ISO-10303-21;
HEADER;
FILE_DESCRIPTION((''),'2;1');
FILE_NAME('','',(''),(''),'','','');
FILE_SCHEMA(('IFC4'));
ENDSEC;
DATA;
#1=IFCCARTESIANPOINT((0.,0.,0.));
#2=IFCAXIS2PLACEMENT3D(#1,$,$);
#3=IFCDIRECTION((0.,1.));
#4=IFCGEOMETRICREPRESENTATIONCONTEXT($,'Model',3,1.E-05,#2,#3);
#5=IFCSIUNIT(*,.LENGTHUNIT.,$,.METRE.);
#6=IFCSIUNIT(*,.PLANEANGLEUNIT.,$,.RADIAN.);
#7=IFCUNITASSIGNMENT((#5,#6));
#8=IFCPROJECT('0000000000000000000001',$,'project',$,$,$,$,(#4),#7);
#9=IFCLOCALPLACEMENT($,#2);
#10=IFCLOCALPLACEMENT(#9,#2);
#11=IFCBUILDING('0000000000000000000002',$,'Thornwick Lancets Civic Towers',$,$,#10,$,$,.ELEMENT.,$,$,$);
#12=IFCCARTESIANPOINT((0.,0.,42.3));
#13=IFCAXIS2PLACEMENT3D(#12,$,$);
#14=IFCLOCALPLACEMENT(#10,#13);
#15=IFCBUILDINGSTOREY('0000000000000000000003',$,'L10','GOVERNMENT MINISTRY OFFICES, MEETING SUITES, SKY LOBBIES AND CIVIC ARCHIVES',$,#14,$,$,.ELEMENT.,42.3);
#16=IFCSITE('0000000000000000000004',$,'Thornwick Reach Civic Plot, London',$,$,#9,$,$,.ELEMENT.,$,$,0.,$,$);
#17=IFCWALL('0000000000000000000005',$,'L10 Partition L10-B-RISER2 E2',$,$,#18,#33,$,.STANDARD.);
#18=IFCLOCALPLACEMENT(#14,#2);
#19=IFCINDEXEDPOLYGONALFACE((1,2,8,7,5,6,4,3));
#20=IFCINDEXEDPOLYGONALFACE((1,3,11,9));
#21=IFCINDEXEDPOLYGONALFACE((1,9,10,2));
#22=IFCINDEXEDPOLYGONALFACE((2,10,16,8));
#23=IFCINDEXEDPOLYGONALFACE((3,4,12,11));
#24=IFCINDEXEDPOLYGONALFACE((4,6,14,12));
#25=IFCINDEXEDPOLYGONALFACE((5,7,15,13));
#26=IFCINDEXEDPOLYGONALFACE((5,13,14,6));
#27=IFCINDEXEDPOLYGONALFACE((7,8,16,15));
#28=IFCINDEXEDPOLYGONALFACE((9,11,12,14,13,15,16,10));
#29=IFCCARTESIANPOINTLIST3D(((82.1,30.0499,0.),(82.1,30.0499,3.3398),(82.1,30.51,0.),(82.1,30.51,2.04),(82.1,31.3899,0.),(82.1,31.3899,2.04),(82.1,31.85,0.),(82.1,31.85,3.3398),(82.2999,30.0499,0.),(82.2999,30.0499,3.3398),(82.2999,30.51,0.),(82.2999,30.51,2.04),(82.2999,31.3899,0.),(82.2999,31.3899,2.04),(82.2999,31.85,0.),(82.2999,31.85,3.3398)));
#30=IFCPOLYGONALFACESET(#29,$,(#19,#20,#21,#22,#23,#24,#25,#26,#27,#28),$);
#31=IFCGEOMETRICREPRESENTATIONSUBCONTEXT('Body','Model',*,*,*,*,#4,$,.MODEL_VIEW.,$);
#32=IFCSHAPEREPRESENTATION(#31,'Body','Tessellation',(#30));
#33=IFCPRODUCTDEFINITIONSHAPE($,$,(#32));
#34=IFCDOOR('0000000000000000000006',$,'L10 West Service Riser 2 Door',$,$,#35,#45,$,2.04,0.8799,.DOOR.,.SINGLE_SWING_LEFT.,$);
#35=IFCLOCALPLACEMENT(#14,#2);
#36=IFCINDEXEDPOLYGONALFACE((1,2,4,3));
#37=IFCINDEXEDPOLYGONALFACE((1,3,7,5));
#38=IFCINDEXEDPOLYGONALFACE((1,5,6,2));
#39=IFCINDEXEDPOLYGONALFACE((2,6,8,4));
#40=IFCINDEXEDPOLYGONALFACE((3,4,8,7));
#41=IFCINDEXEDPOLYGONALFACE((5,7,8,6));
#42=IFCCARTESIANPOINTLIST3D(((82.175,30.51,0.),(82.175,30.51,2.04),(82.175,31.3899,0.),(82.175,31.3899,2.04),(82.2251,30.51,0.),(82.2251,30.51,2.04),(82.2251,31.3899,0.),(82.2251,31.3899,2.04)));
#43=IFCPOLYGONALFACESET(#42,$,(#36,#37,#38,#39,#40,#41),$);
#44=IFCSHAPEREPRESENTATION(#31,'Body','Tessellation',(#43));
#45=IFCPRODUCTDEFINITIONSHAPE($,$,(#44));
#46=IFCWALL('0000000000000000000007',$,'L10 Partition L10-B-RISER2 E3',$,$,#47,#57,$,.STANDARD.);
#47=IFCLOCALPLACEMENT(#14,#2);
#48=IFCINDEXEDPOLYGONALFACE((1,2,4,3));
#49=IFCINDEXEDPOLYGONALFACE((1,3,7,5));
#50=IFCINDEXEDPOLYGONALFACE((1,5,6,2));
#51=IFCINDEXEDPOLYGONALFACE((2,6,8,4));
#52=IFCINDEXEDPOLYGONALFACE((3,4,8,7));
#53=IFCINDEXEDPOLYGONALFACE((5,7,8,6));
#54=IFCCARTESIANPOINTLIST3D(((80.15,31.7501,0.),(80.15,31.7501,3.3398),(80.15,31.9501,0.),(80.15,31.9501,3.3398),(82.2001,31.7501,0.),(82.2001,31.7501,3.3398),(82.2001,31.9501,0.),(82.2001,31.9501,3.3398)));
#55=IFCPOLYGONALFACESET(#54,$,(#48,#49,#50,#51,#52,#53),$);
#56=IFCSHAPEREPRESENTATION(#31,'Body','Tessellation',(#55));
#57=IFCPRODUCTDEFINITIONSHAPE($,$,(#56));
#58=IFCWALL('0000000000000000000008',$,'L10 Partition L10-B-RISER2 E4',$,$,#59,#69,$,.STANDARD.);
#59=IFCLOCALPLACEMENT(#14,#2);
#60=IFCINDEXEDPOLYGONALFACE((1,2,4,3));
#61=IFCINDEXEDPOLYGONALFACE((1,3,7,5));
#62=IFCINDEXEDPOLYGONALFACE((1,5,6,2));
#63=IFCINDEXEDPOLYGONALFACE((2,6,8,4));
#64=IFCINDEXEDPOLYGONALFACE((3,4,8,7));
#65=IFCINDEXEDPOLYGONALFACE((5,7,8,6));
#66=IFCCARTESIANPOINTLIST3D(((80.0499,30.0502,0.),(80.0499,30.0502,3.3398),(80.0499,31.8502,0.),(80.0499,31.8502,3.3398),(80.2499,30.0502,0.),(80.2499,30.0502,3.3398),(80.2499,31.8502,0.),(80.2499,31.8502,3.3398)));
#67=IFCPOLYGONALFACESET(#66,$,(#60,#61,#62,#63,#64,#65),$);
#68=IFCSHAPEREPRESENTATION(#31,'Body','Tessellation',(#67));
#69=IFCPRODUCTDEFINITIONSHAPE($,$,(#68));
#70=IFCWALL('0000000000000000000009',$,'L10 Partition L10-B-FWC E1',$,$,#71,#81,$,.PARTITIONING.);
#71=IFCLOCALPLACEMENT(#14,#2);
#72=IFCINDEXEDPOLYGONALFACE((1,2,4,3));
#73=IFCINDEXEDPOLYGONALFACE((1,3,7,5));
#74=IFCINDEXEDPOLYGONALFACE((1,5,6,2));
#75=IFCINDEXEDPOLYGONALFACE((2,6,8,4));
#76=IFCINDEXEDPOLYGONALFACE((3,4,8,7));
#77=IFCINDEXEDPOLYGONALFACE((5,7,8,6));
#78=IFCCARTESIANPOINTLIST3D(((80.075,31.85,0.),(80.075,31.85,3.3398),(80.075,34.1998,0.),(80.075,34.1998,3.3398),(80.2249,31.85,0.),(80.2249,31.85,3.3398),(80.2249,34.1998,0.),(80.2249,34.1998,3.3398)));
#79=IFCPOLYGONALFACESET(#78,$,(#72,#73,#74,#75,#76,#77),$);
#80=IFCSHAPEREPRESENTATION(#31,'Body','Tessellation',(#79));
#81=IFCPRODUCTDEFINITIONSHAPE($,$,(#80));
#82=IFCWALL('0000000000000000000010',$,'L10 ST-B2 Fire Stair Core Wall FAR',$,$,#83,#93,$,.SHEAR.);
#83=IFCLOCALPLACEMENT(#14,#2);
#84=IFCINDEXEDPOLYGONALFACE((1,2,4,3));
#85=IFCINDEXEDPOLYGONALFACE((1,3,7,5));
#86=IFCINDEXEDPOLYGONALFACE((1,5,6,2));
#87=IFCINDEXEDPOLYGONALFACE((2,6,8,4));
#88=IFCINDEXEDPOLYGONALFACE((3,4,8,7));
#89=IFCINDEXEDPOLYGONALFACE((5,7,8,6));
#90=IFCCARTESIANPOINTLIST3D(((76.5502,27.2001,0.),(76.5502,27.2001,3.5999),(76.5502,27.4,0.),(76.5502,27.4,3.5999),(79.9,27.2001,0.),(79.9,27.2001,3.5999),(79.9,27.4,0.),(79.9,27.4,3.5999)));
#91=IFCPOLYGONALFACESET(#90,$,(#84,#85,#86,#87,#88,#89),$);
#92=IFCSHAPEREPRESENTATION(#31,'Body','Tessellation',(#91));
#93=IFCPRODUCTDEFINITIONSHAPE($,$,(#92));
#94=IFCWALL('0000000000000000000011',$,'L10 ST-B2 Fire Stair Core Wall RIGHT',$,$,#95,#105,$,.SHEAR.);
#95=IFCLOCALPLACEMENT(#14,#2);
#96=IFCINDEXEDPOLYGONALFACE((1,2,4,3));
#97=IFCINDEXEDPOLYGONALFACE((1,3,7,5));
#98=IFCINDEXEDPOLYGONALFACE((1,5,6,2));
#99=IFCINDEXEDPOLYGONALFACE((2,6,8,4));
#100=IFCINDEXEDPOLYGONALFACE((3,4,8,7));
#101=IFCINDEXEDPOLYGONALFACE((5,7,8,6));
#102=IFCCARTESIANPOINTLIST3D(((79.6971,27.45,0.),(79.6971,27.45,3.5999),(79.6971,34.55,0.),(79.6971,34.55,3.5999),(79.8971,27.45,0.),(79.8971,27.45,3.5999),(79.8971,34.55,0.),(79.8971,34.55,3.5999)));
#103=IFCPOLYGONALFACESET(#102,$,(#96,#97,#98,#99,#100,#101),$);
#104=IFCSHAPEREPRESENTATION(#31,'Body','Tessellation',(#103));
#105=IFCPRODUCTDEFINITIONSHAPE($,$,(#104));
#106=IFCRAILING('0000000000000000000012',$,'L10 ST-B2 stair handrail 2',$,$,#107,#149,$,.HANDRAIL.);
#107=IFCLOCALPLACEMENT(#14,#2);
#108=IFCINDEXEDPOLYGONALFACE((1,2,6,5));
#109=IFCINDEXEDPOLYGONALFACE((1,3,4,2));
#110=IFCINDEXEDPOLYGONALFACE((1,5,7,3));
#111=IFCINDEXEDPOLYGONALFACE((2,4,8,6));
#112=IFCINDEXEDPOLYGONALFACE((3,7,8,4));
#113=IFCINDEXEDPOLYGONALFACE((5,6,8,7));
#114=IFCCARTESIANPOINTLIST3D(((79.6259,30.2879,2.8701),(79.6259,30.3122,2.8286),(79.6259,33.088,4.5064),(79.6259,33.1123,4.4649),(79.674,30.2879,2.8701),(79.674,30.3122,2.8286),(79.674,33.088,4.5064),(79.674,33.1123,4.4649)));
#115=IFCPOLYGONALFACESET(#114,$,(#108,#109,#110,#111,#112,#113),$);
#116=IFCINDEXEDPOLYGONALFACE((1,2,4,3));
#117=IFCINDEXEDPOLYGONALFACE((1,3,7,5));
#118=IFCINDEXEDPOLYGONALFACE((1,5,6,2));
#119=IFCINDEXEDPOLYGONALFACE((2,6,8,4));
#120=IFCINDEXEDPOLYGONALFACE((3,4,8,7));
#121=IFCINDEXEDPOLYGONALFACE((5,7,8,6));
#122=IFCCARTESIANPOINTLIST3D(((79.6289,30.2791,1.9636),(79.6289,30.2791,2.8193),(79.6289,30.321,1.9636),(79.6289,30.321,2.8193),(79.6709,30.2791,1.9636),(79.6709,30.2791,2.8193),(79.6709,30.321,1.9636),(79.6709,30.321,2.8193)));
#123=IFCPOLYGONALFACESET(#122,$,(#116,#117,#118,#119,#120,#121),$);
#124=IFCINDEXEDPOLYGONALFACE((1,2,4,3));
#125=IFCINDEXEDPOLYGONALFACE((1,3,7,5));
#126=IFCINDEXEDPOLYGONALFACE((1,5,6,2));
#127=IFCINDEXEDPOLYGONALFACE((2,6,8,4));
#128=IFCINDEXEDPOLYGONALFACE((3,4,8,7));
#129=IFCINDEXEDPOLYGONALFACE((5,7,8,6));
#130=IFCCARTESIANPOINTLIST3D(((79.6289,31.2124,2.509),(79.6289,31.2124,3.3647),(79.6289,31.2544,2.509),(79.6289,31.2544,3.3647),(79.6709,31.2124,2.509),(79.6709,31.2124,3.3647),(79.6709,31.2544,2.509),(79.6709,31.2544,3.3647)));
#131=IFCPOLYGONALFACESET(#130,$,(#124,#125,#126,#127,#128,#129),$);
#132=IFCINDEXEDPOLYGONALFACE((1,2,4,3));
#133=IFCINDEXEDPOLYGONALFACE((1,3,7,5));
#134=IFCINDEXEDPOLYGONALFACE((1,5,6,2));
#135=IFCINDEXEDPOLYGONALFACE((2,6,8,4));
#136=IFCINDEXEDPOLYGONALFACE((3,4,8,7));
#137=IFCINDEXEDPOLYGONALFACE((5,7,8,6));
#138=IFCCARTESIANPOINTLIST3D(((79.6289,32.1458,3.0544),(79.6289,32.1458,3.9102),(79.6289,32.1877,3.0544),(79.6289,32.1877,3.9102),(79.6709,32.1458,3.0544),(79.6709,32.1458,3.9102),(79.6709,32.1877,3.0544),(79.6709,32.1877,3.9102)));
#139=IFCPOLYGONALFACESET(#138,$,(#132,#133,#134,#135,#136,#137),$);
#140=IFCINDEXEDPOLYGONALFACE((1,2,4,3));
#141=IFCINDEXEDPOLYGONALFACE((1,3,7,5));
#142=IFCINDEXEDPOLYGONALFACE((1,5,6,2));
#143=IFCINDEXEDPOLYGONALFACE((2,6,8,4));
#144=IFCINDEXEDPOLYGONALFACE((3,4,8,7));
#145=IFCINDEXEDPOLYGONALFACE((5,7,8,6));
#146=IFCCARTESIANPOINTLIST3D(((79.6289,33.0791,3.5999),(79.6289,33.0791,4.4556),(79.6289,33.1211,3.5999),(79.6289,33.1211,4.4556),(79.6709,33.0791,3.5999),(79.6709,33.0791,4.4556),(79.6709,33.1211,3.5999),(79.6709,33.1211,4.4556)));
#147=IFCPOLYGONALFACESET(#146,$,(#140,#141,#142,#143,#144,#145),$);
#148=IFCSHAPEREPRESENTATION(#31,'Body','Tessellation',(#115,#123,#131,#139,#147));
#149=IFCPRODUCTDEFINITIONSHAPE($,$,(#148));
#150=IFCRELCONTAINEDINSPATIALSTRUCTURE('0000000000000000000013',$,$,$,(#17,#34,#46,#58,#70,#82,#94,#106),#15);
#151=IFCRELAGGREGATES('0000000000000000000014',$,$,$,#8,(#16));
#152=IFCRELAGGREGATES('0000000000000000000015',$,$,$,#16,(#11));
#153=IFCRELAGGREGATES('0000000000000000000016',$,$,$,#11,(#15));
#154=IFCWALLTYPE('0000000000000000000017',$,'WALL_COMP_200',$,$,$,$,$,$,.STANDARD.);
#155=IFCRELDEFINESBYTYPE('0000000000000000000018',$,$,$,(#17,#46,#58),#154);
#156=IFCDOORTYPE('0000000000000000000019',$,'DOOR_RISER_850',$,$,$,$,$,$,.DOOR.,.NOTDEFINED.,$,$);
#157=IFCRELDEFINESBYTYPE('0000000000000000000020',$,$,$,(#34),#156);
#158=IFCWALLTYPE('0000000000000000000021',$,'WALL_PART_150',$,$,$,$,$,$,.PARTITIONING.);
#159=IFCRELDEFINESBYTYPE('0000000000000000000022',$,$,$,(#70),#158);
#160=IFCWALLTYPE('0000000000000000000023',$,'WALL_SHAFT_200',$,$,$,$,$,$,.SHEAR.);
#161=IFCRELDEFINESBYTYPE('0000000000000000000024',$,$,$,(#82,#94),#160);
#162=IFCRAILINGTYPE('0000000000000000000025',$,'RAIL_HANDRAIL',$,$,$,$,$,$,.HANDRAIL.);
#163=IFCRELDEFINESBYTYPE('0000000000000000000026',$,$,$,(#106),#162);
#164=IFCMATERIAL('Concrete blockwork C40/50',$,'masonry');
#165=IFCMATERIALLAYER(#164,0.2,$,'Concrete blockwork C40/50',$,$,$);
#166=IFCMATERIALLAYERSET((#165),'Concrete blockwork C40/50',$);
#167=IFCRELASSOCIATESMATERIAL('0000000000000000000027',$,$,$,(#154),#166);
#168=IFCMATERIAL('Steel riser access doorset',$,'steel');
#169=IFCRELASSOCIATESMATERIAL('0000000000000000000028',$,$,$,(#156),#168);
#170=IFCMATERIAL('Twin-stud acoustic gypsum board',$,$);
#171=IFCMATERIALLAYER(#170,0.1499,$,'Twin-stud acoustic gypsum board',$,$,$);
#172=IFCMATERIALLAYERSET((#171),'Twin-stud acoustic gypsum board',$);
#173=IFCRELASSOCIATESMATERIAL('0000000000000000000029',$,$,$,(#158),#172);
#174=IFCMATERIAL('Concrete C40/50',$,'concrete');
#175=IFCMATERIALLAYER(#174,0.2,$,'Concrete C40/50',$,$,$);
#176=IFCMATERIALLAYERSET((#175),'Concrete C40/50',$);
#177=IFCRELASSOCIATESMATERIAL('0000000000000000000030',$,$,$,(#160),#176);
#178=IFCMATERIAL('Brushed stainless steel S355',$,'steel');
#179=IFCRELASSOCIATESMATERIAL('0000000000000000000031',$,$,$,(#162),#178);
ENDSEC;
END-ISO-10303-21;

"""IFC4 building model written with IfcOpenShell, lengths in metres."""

from ifc_helpers import new_model, si_unit, direction, frame, frame_2d, origin, origin_2d, place, context, subcontext, project, spatial, rectangle, extrude, material, layer, layer_set, type_object, element, fill, save


model = new_model("IFC4")

# Units and contexts
model_context = context("Model", 3, precision=1e-05, world=origin(), true_north=direction((0.0, 1.0)))
body_context = subcontext(model_context, "Body", "Model", "MODEL_VIEW")
ifc_project = project(units=[si_unit("LENGTHUNIT", "METRE"), si_unit("PLANEANGLEUNIT", "RADIAN")], contexts=[model_context])

# Site, building, storey
site_placement = place(None, origin())
site = spatial("IfcSite", under=ifc_project, at=site_placement, Name="Thornwick Reach Civic Plot, London", CompositionType="ELEMENT", RefElevation=0.0)
building_placement = place(site_placement, origin())
building = spatial("IfcBuilding", under=site, at=building_placement, Name="Thornwick Lancets Civic Towers", CompositionType="ELEMENT")
storey_placement = place(building_placement, frame((0.0, 0.0, 42.3)))
storey = spatial("IfcBuildingStorey", under=building, at=storey_placement, Name="L10", Description="GOVERNMENT MINISTRY OFFICES, MEETING SUITES, SKY LOBBIES AND CIVIC ARCHIVES", CompositionType="ELEMENT", Elevation=42.3)

# Shared definitions
ifc_material_1 = material(Name="Concrete blockwork C40/50", Category="masonry")
ifc_layer_1 = layer(ifc_material_1, 0.2, Name="Concrete blockwork C40/50")
ifc_layer_set_1 = layer_set([ifc_layer_1], Name="Concrete blockwork C40/50")
wall_type_1 = type_object("IfcWallType", Name="WALL_COMP_200", PredefinedType="STANDARD", material=ifc_layer_set_1)
ifc_material_2 = material(Name="Steel riser access doorset", Category="steel")
door_type = type_object("IfcDoorType", Name="DOOR_RISER_850", OperationType="NOTDEFINED", PredefinedType="DOOR", material=ifc_material_2)

# Wall, opening, door
wall_1_placement = place(storey_placement, frame((82.2, 30.05, 0.0), z_axis=(0.0, 0.0, 1.0), x_axis=(0.0, 1.0, 0.0)))
wall_1 = element("IfcWall", 1, at=wall_1_placement, inside=storey, type_object=wall_type_1, Name="L10 Partition L10-B-RISER2 E2", PredefinedType="STANDARD", context=body_context, shape_type="SweptSolid", body=[
    extrude(rectangle(XDim=1.8, YDim=0.2, at=frame_2d((0.8999, 0.0))), origin(), (0.0, 0.0, 1.0), 3.3398),
])
opening_1_placement = place(wall_1_placement, frame((0.46, 0.0, 0.0)))
opening_1 = element("IfcOpeningElement", 2, at=opening_1_placement, cuts=wall_1, PredefinedType="OPENING", context=body_context, shape_type="SweptSolid", body=[
    extrude(rectangle(XDim=0.8799, YDim=2.04, at=frame_2d((0.4399, 1.02))), frame((0.0, 0.1099, 0.0), z_axis=(0.0, -1.0, 0.0), x_axis=(1.0, 0.0, 0.0)), (0.0, 0.0, 1.0), 0.22),
])
door_1_placement = place(opening_1_placement, origin())
door_1 = element("IfcDoor", 3, at=door_1_placement, inside=storey, type_object=door_type, Name="L10 West Service Riser 2 Door", OperationType="SINGLE_SWING_LEFT", OverallHeight=2.04, OverallWidth=0.8799, PredefinedType="DOOR", context=body_context, shape_type="SweptSolid", body=[
    extrude(rectangle(XDim=0.8799, YDim=2.04, at=frame_2d((0.4399, 1.02))), frame((0.0, 0.0249, 0.0), z_axis=(0.0, -1.0, 0.0), x_axis=(1.0, 0.0, 0.0)), (0.0, 0.0, 1.0), 0.05),
])
fill(opening_1, door_1)

# Walls
wall_2_placement = place(storey_placement, frame((82.2, 31.8501, 0.0), z_axis=(0.0, 0.0, 1.0), x_axis=(-1.0, 0.0, 0.0)))
element("IfcWall", 4, at=wall_2_placement, inside=storey, type_object=wall_type_1, Name="L10 Partition L10-B-RISER2 E3", PredefinedType="STANDARD", context=body_context, shape_type="SweptSolid", body=[
    extrude(rectangle(XDim=2.05, YDim=0.2, at=frame_2d((1.0249, 0.0))), origin(), (0.0, 0.0, 1.0), 3.3398),
])
wall_3_placement = place(storey_placement, frame((80.1499, 31.8501, 0.0), z_axis=(0.0, 0.0, 1.0), x_axis=(0.0, -1.0, 0.0)))
element("IfcWall", 5, at=wall_3_placement, inside=storey, type_object=wall_type_1, Name="L10 Partition L10-B-RISER2 E4", PredefinedType="STANDARD", context=body_context, shape_type="SweptSolid", body=[
    extrude(rectangle(XDim=1.8, YDim=0.2, at=frame_2d((0.8999, 0.0))), origin(), (0.0, 0.0, 1.0), 3.3398),
])
ifc_material_3 = material(Name="Twin-stud acoustic gypsum board")
ifc_layer_2 = layer(ifc_material_3, 0.1499, Name="Twin-stud acoustic gypsum board")
ifc_layer_set_2 = layer_set([ifc_layer_2], Name="Twin-stud acoustic gypsum board")
wall_type_2 = type_object("IfcWallType", Name="WALL_PART_150", PredefinedType="PARTITIONING", material=ifc_layer_set_2)
wall_4_placement = place(storey_placement, frame((80.1499, 31.8501, 0.0), z_axis=(0.0, 0.0, 1.0), x_axis=(0.0, 1.0, 0.0)))
element("IfcWall", 6, at=wall_4_placement, inside=storey, type_object=wall_type_2, Name="L10 Partition L10-B-FWC E1", PredefinedType="PARTITIONING", context=body_context, shape_type="SweptSolid", body=[
    extrude(rectangle(XDim=2.3499, YDim=0.1499, at=frame_2d((1.1748, 0.0))), origin(), (0.0, 0.0, 1.0), 3.3398),
])
ifc_material_4 = material(Name="Concrete C40/50", Category="concrete")
ifc_layer_3 = layer(ifc_material_4, 0.2, Name="Concrete C40/50")
ifc_layer_set_3 = layer_set([ifc_layer_3], Name="Concrete C40/50")
wall_type_3 = type_object("IfcWallType", Name="WALL_SHAFT_200", PredefinedType="SHEAR", material=ifc_layer_set_3)
wall_5_placement = place(storey_placement, frame((79.8999, 27.3, 0.0), z_axis=(0.0, 0.0, 1.0), x_axis=(-1.0, 0.0, 0.0)))
element("IfcWall", 7, at=wall_5_placement, inside=storey, type_object=wall_type_3, Name="L10 ST-B2 Fire Stair Core Wall FAR", PredefinedType="SHEAR", context=body_context, shape_type="SweptSolid", body=[
    extrude(rectangle(XDim=3.3499, YDim=0.2, at=frame_2d((1.6748, 0.0))), origin(), (0.0, 0.0, 1.0), 3.5999),
])
wall_6_placement = place(storey_placement, frame((79.7971, 27.45, 0.0), z_axis=(0.0, 0.0, 1.0), x_axis=(0.0, 1.0, 0.0)))
element("IfcWall", 8, at=wall_6_placement, inside=storey, type_object=wall_type_3, Name="L10 ST-B2 Fire Stair Core Wall RIGHT", PredefinedType="SHEAR", context=body_context, shape_type="SweptSolid", body=[
    extrude(rectangle(XDim=7.1001, YDim=0.2, at=frame_2d((3.55, 0.0))), origin(), (0.0, 0.0, 1.0), 3.5999),
])

# Railing
ifc_material_5 = material(Name="Brushed stainless steel S355", Category="steel")
railing_type = type_object("IfcRailingType", Name="RAIL_HANDRAIL", PredefinedType="HANDRAIL", material=ifc_material_5)
railing_placement = place(storey_placement, frame((79.6499, 30.3, 1.9636)))
element("IfcRailing", 9, at=railing_placement, inside=storey, type_object=railing_type, Name="L10 ST-B2 stair handrail 2", PredefinedType="HANDRAIL", context=body_context, shape_type="SweptSolid", body=[
    extrude(rectangle(XDim=0.0481, YDim=0.0481, at=origin_2d()), frame((0.0, 0.0, 0.8857), z_axis=(0.0, 0.863394, 0.504531), x_axis=(-1.0, 0.0, 0.0)), (0.0, 0.0, 1.0), 3.2432),
    extrude(rectangle(XDim=0.042, YDim=0.042, at=origin_2d()), origin(), (0.0, 0.0, 1.0), 0.8557),
    extrude(rectangle(XDim=0.042, YDim=0.042, at=origin_2d()), frame((0.0, 0.9333, 0.5454)), (0.0, 0.0, 1.0), 0.8557),
    extrude(rectangle(XDim=0.042, YDim=0.042, at=origin_2d()), frame((0.0, 1.8667, 1.0908)), (0.0, 0.0, 1.0), 0.8557),
    extrude(rectangle(XDim=0.042, YDim=0.042, at=origin_2d()), frame((0.0, 2.8, 1.6362)), (0.0, 0.0, 1.0), 0.8557),
])

save(model, "model.ifc")
